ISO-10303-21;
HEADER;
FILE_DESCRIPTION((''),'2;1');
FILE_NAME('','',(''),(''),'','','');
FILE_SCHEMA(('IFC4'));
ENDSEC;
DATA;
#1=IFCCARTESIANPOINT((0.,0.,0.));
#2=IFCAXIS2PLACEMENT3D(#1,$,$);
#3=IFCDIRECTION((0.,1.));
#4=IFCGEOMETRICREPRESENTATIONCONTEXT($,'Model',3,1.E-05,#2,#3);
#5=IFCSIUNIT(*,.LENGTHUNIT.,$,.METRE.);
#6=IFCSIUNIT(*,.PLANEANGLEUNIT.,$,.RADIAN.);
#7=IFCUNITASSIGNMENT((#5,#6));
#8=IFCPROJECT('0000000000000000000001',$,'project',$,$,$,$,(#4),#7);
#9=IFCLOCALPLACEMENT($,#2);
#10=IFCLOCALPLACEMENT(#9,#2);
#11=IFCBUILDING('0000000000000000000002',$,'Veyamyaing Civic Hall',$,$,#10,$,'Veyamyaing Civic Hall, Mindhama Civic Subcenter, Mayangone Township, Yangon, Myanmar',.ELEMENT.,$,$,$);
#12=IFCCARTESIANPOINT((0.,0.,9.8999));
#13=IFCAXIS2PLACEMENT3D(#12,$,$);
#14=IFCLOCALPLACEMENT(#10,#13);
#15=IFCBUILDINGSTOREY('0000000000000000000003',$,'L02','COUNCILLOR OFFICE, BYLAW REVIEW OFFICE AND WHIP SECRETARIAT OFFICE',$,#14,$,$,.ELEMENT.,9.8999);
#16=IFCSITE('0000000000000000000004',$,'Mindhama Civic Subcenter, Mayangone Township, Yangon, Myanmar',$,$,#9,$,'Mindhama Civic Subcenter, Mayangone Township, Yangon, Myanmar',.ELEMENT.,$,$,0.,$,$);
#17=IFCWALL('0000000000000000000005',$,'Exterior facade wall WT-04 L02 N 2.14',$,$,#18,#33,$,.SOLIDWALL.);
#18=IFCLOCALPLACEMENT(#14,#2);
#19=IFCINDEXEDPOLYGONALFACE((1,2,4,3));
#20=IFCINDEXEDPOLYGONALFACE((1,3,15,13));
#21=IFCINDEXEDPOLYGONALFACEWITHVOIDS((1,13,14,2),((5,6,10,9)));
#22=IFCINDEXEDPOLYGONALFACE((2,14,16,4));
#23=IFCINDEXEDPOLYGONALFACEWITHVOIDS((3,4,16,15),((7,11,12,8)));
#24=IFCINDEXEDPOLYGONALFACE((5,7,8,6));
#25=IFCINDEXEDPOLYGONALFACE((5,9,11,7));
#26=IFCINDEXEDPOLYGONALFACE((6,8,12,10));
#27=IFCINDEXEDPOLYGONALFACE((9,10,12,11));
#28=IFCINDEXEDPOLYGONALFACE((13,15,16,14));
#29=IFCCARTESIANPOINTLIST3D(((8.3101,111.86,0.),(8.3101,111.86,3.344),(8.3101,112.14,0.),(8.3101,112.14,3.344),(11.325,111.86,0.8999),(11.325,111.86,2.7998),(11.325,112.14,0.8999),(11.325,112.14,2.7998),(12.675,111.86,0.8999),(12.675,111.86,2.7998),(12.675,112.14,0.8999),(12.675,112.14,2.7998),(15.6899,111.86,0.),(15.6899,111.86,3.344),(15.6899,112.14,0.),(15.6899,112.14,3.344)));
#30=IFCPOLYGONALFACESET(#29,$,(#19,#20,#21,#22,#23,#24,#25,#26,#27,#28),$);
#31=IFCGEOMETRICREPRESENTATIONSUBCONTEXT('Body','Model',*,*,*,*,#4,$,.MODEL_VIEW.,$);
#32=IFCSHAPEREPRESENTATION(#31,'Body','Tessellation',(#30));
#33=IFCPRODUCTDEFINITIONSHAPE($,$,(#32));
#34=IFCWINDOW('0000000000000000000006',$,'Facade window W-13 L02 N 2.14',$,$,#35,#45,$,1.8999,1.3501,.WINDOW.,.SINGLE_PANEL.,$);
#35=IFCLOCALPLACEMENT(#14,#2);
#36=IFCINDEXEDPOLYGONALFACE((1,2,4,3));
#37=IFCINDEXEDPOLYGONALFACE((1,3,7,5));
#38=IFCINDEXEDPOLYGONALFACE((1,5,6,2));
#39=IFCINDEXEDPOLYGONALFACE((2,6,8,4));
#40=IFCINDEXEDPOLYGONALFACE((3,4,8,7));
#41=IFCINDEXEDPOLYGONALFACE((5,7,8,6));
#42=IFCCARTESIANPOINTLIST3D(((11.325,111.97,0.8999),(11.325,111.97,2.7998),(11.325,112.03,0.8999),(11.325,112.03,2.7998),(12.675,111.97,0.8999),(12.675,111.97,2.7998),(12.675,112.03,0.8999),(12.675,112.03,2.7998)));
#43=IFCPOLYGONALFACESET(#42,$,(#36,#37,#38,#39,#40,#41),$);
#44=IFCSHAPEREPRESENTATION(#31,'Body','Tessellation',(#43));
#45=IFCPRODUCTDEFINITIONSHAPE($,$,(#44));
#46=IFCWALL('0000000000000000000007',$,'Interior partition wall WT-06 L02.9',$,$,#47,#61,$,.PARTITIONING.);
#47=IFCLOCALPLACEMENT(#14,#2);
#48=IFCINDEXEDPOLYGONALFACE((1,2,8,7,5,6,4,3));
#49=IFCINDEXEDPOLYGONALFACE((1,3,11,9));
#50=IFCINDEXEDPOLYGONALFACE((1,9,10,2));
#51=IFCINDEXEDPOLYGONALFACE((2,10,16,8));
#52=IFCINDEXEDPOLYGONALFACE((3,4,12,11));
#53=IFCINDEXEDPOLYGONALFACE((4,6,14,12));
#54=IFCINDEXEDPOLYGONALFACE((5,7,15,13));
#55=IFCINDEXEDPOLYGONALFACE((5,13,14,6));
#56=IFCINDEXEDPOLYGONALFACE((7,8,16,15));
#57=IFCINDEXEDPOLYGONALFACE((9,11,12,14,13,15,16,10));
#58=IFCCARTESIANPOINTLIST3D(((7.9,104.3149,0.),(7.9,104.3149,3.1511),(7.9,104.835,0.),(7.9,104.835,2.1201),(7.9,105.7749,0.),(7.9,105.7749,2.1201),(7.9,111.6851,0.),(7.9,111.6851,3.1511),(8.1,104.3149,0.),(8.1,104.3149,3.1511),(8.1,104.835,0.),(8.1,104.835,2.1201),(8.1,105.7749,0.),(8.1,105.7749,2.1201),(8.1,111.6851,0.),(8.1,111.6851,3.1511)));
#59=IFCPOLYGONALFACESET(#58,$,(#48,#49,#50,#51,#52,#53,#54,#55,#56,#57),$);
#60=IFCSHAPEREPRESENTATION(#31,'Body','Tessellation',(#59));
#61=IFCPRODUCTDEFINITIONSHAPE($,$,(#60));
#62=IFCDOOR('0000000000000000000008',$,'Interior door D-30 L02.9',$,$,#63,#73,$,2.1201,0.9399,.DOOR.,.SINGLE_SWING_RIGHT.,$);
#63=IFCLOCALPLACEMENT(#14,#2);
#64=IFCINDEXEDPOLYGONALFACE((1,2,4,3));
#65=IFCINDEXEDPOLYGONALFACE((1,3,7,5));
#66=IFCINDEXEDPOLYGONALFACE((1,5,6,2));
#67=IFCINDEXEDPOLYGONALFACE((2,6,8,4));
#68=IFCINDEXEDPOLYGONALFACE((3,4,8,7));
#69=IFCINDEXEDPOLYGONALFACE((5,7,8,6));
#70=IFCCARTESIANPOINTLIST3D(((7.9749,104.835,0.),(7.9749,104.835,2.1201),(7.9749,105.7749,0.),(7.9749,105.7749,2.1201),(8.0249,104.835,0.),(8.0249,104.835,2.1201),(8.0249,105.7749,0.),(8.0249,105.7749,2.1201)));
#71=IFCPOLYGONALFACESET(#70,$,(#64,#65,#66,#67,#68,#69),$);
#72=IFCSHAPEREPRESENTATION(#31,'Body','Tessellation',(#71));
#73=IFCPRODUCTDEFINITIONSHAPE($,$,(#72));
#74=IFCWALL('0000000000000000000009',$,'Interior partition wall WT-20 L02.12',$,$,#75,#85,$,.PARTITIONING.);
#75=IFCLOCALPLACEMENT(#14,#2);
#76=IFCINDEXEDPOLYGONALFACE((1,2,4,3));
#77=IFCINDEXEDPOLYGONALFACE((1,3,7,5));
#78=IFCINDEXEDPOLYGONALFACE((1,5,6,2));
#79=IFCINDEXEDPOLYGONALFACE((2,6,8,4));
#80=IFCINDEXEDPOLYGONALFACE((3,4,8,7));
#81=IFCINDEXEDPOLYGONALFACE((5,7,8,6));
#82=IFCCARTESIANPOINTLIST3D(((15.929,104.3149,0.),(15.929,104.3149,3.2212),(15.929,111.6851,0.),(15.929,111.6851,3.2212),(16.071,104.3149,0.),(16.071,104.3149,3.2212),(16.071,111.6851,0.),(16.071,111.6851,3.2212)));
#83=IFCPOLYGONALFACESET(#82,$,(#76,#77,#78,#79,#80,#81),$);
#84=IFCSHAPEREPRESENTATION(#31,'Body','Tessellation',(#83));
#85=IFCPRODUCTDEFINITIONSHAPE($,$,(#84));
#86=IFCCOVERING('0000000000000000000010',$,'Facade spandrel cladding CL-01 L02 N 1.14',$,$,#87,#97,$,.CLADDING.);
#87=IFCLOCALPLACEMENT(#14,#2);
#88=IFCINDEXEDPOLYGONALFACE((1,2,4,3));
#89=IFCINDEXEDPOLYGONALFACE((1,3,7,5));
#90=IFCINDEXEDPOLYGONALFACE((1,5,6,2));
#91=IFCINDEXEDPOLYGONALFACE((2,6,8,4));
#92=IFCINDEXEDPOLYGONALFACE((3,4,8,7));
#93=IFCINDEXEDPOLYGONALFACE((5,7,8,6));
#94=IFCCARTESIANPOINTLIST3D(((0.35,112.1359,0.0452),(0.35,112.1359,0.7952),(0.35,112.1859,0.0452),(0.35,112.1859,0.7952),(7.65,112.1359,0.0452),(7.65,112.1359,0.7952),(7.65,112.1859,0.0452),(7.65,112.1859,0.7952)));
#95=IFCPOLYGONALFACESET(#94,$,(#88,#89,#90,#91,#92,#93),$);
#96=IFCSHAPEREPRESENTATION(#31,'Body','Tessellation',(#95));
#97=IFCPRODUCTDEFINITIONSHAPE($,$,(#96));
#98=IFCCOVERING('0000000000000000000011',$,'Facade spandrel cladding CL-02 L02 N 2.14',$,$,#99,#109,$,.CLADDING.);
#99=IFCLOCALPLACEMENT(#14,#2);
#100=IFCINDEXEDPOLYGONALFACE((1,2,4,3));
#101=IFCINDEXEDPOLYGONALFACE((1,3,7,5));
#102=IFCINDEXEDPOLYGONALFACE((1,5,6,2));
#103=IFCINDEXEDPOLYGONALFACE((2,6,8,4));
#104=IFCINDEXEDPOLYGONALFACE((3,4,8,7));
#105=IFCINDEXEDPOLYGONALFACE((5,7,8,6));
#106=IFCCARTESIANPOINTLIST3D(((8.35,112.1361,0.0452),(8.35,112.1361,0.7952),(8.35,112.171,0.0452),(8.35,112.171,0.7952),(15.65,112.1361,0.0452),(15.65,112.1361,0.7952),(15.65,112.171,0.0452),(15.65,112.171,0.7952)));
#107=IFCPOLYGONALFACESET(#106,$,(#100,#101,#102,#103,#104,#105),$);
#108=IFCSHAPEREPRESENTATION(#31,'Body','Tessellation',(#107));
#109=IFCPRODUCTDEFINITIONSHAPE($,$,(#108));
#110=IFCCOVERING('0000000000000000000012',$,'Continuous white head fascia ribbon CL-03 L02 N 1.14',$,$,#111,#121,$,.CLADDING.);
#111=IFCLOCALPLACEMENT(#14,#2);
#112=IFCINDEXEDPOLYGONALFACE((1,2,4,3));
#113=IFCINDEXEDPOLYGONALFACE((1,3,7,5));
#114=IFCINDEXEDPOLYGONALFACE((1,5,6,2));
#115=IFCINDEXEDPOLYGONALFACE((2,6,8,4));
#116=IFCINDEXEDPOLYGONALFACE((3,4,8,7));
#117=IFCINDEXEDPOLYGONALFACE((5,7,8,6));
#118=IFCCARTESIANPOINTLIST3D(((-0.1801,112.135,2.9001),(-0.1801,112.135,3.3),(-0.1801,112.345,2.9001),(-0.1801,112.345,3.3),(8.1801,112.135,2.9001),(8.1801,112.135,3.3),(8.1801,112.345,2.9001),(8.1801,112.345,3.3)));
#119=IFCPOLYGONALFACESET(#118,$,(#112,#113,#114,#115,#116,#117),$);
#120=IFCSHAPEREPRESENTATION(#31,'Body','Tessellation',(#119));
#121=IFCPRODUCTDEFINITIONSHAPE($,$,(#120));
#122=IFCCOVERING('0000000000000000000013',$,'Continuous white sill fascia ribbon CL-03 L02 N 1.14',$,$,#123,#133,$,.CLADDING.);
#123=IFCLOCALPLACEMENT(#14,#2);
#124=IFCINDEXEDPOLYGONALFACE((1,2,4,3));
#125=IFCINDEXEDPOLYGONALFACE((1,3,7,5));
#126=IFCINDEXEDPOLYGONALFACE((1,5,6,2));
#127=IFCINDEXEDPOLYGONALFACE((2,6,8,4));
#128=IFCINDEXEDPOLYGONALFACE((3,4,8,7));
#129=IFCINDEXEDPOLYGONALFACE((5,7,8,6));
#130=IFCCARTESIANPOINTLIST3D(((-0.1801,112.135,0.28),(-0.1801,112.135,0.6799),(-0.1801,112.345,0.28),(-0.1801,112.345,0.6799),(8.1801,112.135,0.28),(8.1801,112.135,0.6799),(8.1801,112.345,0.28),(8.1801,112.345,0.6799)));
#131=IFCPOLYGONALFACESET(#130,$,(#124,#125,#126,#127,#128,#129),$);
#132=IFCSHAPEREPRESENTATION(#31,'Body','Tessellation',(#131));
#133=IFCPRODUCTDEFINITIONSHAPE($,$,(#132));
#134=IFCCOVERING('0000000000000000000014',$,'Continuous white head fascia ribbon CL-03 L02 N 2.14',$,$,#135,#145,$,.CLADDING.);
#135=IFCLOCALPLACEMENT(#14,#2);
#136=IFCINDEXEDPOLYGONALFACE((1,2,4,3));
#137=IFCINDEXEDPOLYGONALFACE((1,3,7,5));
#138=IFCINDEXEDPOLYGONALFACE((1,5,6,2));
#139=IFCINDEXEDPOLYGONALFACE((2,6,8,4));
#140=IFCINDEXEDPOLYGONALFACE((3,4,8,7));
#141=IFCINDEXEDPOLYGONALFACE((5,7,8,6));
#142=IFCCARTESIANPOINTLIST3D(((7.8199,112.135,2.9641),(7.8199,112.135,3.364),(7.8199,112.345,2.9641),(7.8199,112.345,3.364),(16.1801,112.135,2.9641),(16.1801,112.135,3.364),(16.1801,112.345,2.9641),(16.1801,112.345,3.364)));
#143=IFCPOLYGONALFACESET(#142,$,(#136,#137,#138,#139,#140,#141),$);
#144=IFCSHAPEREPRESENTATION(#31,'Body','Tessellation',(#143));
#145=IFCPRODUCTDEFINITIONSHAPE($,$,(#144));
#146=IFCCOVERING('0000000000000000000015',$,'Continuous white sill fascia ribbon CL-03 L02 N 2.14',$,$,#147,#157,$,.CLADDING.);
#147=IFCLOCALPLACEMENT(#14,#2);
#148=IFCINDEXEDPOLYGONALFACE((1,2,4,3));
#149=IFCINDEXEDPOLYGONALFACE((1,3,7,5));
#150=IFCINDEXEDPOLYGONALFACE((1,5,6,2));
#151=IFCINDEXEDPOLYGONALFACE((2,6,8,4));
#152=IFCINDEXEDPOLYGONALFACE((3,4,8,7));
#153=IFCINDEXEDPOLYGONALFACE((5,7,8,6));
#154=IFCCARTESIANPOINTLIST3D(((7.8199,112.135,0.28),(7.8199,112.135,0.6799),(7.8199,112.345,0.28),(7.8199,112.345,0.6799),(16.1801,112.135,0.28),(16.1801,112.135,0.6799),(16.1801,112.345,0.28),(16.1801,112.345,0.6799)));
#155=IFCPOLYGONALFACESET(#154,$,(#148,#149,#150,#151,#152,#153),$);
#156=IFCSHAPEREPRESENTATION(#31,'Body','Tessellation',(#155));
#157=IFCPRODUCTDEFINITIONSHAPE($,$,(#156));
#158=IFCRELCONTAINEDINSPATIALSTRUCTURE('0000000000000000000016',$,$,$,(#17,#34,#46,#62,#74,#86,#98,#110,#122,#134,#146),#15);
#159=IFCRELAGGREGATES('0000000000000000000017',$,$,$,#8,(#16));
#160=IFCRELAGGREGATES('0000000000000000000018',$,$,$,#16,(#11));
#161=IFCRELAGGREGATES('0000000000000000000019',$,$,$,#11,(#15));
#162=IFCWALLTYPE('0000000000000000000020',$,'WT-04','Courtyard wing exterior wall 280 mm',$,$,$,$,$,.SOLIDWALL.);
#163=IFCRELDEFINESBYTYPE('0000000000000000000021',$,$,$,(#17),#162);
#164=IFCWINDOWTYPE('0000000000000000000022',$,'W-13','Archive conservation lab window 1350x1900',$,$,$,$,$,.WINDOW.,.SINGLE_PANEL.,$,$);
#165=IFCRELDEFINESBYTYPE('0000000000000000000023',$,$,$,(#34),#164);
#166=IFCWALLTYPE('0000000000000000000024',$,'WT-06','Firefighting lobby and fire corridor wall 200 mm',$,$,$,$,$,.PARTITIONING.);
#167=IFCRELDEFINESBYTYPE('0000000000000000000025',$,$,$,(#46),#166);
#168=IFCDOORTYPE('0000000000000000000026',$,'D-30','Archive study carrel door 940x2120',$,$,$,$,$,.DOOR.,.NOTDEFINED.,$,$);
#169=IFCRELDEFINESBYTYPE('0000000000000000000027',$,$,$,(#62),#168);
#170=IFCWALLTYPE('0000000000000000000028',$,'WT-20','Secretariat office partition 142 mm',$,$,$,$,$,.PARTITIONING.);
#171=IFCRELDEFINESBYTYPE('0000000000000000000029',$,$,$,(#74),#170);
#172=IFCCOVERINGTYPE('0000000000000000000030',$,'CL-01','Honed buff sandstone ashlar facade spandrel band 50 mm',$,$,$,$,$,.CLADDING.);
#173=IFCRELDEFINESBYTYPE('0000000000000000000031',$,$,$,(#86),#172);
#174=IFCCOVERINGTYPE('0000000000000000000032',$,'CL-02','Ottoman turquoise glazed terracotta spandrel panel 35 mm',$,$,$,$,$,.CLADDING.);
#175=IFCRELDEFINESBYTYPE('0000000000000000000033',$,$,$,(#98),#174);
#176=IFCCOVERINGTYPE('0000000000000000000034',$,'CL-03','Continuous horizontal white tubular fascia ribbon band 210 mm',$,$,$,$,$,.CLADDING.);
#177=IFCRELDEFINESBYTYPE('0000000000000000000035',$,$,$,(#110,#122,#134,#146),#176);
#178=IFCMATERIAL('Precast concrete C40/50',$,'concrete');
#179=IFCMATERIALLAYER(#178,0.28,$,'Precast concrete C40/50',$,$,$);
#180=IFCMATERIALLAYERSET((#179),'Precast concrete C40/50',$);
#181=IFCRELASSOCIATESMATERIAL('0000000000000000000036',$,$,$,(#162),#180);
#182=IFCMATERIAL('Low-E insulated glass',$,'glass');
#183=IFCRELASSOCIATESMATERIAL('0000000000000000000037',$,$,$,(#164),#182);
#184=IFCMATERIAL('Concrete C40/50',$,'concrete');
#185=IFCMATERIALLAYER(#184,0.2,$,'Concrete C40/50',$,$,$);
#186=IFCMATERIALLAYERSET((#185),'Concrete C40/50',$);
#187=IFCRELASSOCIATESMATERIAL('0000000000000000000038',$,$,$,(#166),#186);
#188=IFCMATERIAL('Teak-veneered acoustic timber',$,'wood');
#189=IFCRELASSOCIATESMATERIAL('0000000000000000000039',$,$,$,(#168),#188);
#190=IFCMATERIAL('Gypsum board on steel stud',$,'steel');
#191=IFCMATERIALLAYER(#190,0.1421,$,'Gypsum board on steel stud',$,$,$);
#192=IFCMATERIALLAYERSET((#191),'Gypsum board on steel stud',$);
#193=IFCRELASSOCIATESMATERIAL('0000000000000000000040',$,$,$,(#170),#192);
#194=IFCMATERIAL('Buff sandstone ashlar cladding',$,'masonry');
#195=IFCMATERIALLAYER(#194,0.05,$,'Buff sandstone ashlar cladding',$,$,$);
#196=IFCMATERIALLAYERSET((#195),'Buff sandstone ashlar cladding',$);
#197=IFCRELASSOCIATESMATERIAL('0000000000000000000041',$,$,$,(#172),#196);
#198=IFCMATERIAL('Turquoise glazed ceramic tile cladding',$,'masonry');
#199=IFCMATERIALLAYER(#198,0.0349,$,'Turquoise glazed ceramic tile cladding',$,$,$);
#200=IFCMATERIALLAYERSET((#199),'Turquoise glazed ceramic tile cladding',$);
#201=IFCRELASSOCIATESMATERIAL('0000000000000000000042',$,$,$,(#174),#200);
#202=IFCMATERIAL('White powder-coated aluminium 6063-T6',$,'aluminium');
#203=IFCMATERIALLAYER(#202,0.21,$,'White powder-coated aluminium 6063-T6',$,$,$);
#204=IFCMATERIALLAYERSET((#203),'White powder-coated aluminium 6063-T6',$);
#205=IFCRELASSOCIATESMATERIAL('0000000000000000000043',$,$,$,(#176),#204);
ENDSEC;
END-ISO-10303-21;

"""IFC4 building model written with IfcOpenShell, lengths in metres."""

from ifc_helpers import new_model, si_unit, direction, frame, frame_2d, origin, origin_2d, place, context, subcontext, project, spatial, rectangle, extrude, material, layer, layer_set, type_object, element, fill, save


model = new_model("IFC4")

# Units and contexts
model_context = context("Model", 3, precision=1e-05, world=origin(), true_north=direction((0.0, 1.0)))
body_context = subcontext(model_context, "Body", "Model", "MODEL_VIEW")
ifc_project = project(units=[si_unit("LENGTHUNIT", "METRE"), si_unit("PLANEANGLEUNIT", "RADIAN")], contexts=[model_context])

# Site, building, storey
site_placement = place(None, origin())
site = spatial("IfcSite", under=ifc_project, at=site_placement, Name="Mindhama Civic Subcenter, Mayangone Township, Yangon, Myanmar", LongName="Mindhama Civic Subcenter, Mayangone Township, Yangon, Myanmar", CompositionType="ELEMENT", RefElevation=0.0)
building_placement = place(site_placement, origin())
building = spatial("IfcBuilding", under=site, at=building_placement, Name="Veyamyaing Civic Hall", LongName="Veyamyaing Civic Hall, Mindhama Civic Subcenter, Mayangone Township, Yangon, Myanmar", CompositionType="ELEMENT")
storey_placement = place(building_placement, frame((0.0, 0.0, 9.8999)))
storey = spatial("IfcBuildingStorey", under=building, at=storey_placement, Name="L02", Description="COUNCILLOR OFFICE, BYLAW REVIEW OFFICE AND WHIP SECRETARIAT OFFICE", CompositionType="ELEMENT", Elevation=9.8999)

# Wall, opening, window
ifc_material_1 = material(Name="Precast concrete C40/50", Category="concrete")
ifc_layer_1 = layer(ifc_material_1, 0.28, Name="Precast concrete C40/50")
ifc_layer_set_1 = layer_set([ifc_layer_1], Name="Precast concrete C40/50")
wall_type_1 = type_object("IfcWallType", Name="WT-04", Description="Courtyard wing exterior wall 280 mm", PredefinedType="SOLIDWALL", material=ifc_layer_set_1)
wall_1_placement = place(storey_placement, frame((8.3101, 112.0, 0.0), z_axis=(0.0, 0.0, 1.0), x_axis=(1.0, 0.0, 0.0)))
wall_1 = element("IfcWall", 1, at=wall_1_placement, inside=storey, type_object=wall_type_1, Name="Exterior facade wall WT-04 L02 N 2.14", PredefinedType="SOLIDWALL", context=body_context, shape_type="SweptSolid", body=[
    extrude(rectangle(XDim=7.3799, YDim=0.28, at=frame_2d((3.6899, 0.0))), origin(), (0.0, 0.0, 1.0), 3.344),
])
opening_1_placement = place(wall_1_placement, frame((3.0149, 0.0, 0.8999)))
opening_1 = element("IfcOpeningElement", 2, at=opening_1_placement, cuts=wall_1, PredefinedType="OPENING", context=body_context, shape_type="SweptSolid", body=[
    extrude(rectangle(XDim=1.3501, YDim=1.8999, at=frame_2d((0.675, 0.95))), frame((0.0, 0.1499, 0.0), z_axis=(0.0, -1.0, 0.0), x_axis=(1.0, 0.0, 0.0)), (0.0, 0.0, 1.0), 0.3),
])
ifc_material_2 = material(Name="Low-E insulated glass", Category="glass")
window_type = type_object("IfcWindowType", Name="W-13", Description="Archive conservation lab window 1350x1900", PartitioningType="SINGLE_PANEL", PredefinedType="WINDOW", material=ifc_material_2)
window_placement = place(opening_1_placement, origin())
window = element("IfcWindow", 3, at=window_placement, inside=storey, type_object=window_type, Name="Facade window W-13 L02 N 2.14", OverallHeight=1.8999, OverallWidth=1.3501, PartitioningType="SINGLE_PANEL", PredefinedType="WINDOW", context=body_context, shape_type="SweptSolid", body=[
    extrude(rectangle(XDim=1.3501, YDim=1.8999, at=frame_2d((0.675, 0.95))), frame((0.0, 0.03, 0.0), z_axis=(0.0, -1.0, 0.0), x_axis=(1.0, 0.0, 0.0)), (0.0, 0.0, 1.0), 0.0601),
])
fill(opening_1, window)

# Wall, opening, door
ifc_material_3 = material(Name="Concrete C40/50", Category="concrete")
ifc_layer_2 = layer(ifc_material_3, 0.2, Name="Concrete C40/50")
ifc_layer_set_2 = layer_set([ifc_layer_2], Name="Concrete C40/50")
wall_type_2 = type_object("IfcWallType", Name="WT-06", Description="Firefighting lobby and fire corridor wall 200 mm", PredefinedType="PARTITIONING", material=ifc_layer_set_2)
wall_2_placement = place(storey_placement, frame((8.0, 104.3149, 0.0), z_axis=(0.0, 0.0, 1.0), x_axis=(0.0, 1.0, 0.0)))
wall_2 = element("IfcWall", 4, at=wall_2_placement, inside=storey, type_object=wall_type_2, Name="Interior partition wall WT-06 L02.9", PredefinedType="PARTITIONING", context=body_context, shape_type="SweptSolid", body=[
    extrude(rectangle(XDim=7.3701, YDim=0.2, at=frame_2d((3.6851, 0.0))), origin(), (0.0, 0.0, 1.0), 3.1511),
])
opening_2_placement = place(wall_2_placement, frame((0.52, 0.0, 0.0)))
opening_2 = element("IfcOpeningElement", 5, at=opening_2_placement, cuts=wall_2, PredefinedType="OPENING", context=body_context, shape_type="SweptSolid", body=[
    extrude(rectangle(XDim=0.9399, YDim=2.1201, at=frame_2d((0.47, 1.0601))), frame((0.0, 0.1099, 0.0), z_axis=(0.0, -1.0, 0.0), x_axis=(1.0, 0.0, 0.0)), (0.0, 0.0, 1.0), 0.22),
])
ifc_material_4 = material(Name="Teak-veneered acoustic timber", Category="wood")
door_type = type_object("IfcDoorType", Name="D-30", Description="Archive study carrel door 940x2120", OperationType="NOTDEFINED", PredefinedType="DOOR", material=ifc_material_4)
door_placement = place(opening_2_placement, frame((0.9399, 0.0, 0.0), z_axis=(0.0, 0.0, 1.0), x_axis=(-1.0, 0.0, 0.0)))
door = element("IfcDoor", 6, at=door_placement, inside=storey, type_object=door_type, Name="Interior door D-30 L02.9", OperationType="SINGLE_SWING_RIGHT", OverallHeight=2.1201, OverallWidth=0.9399, PredefinedType="DOOR", context=body_context, shape_type="SweptSolid", body=[
    extrude(rectangle(XDim=0.9399, YDim=2.1201, at=frame_2d((0.47, 1.0601))), frame((0.0, 0.0249, 0.0), z_axis=(0.0, -1.0, 0.0), x_axis=(1.0, 0.0, 0.0)), (0.0, 0.0, 1.0), 0.05),
])
fill(opening_2, door)

# Wall
ifc_material_5 = material(Name="Gypsum board on steel stud", Category="steel")
ifc_layer_3 = layer(ifc_material_5, 0.1421, Name="Gypsum board on steel stud")
ifc_layer_set_3 = layer_set([ifc_layer_3], Name="Gypsum board on steel stud")
wall_type_3 = type_object("IfcWallType", Name="WT-20", Description="Secretariat office partition 142 mm", PredefinedType="PARTITIONING", material=ifc_layer_set_3)
wall_3_placement = place(storey_placement, frame((16.0, 104.3149, 0.0), z_axis=(0.0, 0.0, 1.0), x_axis=(0.0, 1.0, 0.0)))
element("IfcWall", 7, at=wall_3_placement, inside=storey, type_object=wall_type_3, Name="Interior partition wall WT-20 L02.12", PredefinedType="PARTITIONING", context=body_context, shape_type="SweptSolid", body=[
    extrude(rectangle(XDim=7.3701, YDim=0.1421, at=frame_2d((3.6851, 0.0))), origin(), (0.0, 0.0, 1.0), 3.2212),
])

# Coverings
ifc_material_6 = material(Name="Buff sandstone ashlar cladding", Category="masonry")
ifc_layer_4 = layer(ifc_material_6, 0.05, Name="Buff sandstone ashlar cladding")
ifc_layer_set_4 = layer_set([ifc_layer_4], Name="Buff sandstone ashlar cladding")
covering_type_1 = type_object("IfcCoveringType", Name="CL-01", Description="Honed buff sandstone ashlar facade spandrel band 50 mm", PredefinedType="CLADDING", material=ifc_layer_set_4)
covering_1_placement = place(storey_placement, frame((4.0, 112.1609, 0.0452), z_axis=(0.0, 0.0, 1.0), x_axis=(1.0, 0.0, 0.0)))
element("IfcCovering", 8, at=covering_1_placement, inside=storey, type_object=covering_type_1, Name="Facade spandrel cladding CL-01 L02 N 1.14", PredefinedType="CLADDING", context=body_context, shape_type="SweptSolid", body=[
    extrude(rectangle(XDim=7.3, YDim=0.05, at=origin_2d()), origin(), (0.0, 0.0, 1.0), 0.75),
])
ifc_material_7 = material(Name="Turquoise glazed ceramic tile cladding", Category="masonry")
ifc_layer_5 = layer(ifc_material_7, 0.0349, Name="Turquoise glazed ceramic tile cladding")
ifc_layer_set_5 = layer_set([ifc_layer_5], Name="Turquoise glazed ceramic tile cladding")
covering_type_2 = type_object("IfcCoveringType", Name="CL-02", Description="Ottoman turquoise glazed terracotta spandrel panel 35 mm", PredefinedType="CLADDING", material=ifc_layer_set_5)
covering_2_placement = place(storey_placement, frame((12.0, 112.1536, 0.0452), z_axis=(0.0, 0.0, 1.0), x_axis=(1.0, 0.0, 0.0)))
element("IfcCovering", 9, at=covering_2_placement, inside=storey, type_object=covering_type_2, Name="Facade spandrel cladding CL-02 L02 N 2.14", PredefinedType="CLADDING", context=body_context, shape_type="SweptSolid", body=[
    extrude(rectangle(XDim=7.3, YDim=0.0349, at=origin_2d()), origin(), (0.0, 0.0, 1.0), 0.75),
])
ifc_material_8 = material(Name="White powder-coated aluminium 6063-T6", Category="aluminium")
ifc_layer_6 = layer(ifc_material_8, 0.21, Name="White powder-coated aluminium 6063-T6")
ifc_layer_set_6 = layer_set([ifc_layer_6], Name="White powder-coated aluminium 6063-T6")
covering_type_3 = type_object("IfcCoveringType", Name="CL-03", Description="Continuous horizontal white tubular fascia ribbon band 210 mm", PredefinedType="CLADDING", material=ifc_layer_set_6)
for number, where, z_axis, x_axis, name in (
    (10, (4.0, 112.24, 2.9001), (0.0, 0.0, 1.0), (1.0, 0.0, 0.0), "Continuous white head fascia ribbon CL-03 L02 N 1.14"),
    (11, (4.0, 112.24, 0.28), (0.0, 0.0, 1.0), (1.0, 0.0, 0.0), "Continuous white sill fascia ribbon CL-03 L02 N 1.14"),
    (12, (12.0, 112.24, 2.9641), (0.0, 0.0, 1.0), (1.0, 0.0, 0.0), "Continuous white head fascia ribbon CL-03 L02 N 2.14"),
    (13, (12.0, 112.24, 0.28), (0.0, 0.0, 1.0), (1.0, 0.0, 0.0), "Continuous white sill fascia ribbon CL-03 L02 N 2.14"),
):
    element("IfcCovering", number, at=place(storey_placement, frame(where, z_axis=z_axis, x_axis=x_axis)), inside=storey, type_object=covering_type_3, Name=name, PredefinedType="CLADDING", context=body_context, shape_type="SweptSolid", body=[
        extrude(rectangle(XDim=8.3601, YDim=0.21, at=origin_2d()), origin(), (0.0, 0.0, 1.0), 0.3999),
    ])

save(model, "model.ifc")
